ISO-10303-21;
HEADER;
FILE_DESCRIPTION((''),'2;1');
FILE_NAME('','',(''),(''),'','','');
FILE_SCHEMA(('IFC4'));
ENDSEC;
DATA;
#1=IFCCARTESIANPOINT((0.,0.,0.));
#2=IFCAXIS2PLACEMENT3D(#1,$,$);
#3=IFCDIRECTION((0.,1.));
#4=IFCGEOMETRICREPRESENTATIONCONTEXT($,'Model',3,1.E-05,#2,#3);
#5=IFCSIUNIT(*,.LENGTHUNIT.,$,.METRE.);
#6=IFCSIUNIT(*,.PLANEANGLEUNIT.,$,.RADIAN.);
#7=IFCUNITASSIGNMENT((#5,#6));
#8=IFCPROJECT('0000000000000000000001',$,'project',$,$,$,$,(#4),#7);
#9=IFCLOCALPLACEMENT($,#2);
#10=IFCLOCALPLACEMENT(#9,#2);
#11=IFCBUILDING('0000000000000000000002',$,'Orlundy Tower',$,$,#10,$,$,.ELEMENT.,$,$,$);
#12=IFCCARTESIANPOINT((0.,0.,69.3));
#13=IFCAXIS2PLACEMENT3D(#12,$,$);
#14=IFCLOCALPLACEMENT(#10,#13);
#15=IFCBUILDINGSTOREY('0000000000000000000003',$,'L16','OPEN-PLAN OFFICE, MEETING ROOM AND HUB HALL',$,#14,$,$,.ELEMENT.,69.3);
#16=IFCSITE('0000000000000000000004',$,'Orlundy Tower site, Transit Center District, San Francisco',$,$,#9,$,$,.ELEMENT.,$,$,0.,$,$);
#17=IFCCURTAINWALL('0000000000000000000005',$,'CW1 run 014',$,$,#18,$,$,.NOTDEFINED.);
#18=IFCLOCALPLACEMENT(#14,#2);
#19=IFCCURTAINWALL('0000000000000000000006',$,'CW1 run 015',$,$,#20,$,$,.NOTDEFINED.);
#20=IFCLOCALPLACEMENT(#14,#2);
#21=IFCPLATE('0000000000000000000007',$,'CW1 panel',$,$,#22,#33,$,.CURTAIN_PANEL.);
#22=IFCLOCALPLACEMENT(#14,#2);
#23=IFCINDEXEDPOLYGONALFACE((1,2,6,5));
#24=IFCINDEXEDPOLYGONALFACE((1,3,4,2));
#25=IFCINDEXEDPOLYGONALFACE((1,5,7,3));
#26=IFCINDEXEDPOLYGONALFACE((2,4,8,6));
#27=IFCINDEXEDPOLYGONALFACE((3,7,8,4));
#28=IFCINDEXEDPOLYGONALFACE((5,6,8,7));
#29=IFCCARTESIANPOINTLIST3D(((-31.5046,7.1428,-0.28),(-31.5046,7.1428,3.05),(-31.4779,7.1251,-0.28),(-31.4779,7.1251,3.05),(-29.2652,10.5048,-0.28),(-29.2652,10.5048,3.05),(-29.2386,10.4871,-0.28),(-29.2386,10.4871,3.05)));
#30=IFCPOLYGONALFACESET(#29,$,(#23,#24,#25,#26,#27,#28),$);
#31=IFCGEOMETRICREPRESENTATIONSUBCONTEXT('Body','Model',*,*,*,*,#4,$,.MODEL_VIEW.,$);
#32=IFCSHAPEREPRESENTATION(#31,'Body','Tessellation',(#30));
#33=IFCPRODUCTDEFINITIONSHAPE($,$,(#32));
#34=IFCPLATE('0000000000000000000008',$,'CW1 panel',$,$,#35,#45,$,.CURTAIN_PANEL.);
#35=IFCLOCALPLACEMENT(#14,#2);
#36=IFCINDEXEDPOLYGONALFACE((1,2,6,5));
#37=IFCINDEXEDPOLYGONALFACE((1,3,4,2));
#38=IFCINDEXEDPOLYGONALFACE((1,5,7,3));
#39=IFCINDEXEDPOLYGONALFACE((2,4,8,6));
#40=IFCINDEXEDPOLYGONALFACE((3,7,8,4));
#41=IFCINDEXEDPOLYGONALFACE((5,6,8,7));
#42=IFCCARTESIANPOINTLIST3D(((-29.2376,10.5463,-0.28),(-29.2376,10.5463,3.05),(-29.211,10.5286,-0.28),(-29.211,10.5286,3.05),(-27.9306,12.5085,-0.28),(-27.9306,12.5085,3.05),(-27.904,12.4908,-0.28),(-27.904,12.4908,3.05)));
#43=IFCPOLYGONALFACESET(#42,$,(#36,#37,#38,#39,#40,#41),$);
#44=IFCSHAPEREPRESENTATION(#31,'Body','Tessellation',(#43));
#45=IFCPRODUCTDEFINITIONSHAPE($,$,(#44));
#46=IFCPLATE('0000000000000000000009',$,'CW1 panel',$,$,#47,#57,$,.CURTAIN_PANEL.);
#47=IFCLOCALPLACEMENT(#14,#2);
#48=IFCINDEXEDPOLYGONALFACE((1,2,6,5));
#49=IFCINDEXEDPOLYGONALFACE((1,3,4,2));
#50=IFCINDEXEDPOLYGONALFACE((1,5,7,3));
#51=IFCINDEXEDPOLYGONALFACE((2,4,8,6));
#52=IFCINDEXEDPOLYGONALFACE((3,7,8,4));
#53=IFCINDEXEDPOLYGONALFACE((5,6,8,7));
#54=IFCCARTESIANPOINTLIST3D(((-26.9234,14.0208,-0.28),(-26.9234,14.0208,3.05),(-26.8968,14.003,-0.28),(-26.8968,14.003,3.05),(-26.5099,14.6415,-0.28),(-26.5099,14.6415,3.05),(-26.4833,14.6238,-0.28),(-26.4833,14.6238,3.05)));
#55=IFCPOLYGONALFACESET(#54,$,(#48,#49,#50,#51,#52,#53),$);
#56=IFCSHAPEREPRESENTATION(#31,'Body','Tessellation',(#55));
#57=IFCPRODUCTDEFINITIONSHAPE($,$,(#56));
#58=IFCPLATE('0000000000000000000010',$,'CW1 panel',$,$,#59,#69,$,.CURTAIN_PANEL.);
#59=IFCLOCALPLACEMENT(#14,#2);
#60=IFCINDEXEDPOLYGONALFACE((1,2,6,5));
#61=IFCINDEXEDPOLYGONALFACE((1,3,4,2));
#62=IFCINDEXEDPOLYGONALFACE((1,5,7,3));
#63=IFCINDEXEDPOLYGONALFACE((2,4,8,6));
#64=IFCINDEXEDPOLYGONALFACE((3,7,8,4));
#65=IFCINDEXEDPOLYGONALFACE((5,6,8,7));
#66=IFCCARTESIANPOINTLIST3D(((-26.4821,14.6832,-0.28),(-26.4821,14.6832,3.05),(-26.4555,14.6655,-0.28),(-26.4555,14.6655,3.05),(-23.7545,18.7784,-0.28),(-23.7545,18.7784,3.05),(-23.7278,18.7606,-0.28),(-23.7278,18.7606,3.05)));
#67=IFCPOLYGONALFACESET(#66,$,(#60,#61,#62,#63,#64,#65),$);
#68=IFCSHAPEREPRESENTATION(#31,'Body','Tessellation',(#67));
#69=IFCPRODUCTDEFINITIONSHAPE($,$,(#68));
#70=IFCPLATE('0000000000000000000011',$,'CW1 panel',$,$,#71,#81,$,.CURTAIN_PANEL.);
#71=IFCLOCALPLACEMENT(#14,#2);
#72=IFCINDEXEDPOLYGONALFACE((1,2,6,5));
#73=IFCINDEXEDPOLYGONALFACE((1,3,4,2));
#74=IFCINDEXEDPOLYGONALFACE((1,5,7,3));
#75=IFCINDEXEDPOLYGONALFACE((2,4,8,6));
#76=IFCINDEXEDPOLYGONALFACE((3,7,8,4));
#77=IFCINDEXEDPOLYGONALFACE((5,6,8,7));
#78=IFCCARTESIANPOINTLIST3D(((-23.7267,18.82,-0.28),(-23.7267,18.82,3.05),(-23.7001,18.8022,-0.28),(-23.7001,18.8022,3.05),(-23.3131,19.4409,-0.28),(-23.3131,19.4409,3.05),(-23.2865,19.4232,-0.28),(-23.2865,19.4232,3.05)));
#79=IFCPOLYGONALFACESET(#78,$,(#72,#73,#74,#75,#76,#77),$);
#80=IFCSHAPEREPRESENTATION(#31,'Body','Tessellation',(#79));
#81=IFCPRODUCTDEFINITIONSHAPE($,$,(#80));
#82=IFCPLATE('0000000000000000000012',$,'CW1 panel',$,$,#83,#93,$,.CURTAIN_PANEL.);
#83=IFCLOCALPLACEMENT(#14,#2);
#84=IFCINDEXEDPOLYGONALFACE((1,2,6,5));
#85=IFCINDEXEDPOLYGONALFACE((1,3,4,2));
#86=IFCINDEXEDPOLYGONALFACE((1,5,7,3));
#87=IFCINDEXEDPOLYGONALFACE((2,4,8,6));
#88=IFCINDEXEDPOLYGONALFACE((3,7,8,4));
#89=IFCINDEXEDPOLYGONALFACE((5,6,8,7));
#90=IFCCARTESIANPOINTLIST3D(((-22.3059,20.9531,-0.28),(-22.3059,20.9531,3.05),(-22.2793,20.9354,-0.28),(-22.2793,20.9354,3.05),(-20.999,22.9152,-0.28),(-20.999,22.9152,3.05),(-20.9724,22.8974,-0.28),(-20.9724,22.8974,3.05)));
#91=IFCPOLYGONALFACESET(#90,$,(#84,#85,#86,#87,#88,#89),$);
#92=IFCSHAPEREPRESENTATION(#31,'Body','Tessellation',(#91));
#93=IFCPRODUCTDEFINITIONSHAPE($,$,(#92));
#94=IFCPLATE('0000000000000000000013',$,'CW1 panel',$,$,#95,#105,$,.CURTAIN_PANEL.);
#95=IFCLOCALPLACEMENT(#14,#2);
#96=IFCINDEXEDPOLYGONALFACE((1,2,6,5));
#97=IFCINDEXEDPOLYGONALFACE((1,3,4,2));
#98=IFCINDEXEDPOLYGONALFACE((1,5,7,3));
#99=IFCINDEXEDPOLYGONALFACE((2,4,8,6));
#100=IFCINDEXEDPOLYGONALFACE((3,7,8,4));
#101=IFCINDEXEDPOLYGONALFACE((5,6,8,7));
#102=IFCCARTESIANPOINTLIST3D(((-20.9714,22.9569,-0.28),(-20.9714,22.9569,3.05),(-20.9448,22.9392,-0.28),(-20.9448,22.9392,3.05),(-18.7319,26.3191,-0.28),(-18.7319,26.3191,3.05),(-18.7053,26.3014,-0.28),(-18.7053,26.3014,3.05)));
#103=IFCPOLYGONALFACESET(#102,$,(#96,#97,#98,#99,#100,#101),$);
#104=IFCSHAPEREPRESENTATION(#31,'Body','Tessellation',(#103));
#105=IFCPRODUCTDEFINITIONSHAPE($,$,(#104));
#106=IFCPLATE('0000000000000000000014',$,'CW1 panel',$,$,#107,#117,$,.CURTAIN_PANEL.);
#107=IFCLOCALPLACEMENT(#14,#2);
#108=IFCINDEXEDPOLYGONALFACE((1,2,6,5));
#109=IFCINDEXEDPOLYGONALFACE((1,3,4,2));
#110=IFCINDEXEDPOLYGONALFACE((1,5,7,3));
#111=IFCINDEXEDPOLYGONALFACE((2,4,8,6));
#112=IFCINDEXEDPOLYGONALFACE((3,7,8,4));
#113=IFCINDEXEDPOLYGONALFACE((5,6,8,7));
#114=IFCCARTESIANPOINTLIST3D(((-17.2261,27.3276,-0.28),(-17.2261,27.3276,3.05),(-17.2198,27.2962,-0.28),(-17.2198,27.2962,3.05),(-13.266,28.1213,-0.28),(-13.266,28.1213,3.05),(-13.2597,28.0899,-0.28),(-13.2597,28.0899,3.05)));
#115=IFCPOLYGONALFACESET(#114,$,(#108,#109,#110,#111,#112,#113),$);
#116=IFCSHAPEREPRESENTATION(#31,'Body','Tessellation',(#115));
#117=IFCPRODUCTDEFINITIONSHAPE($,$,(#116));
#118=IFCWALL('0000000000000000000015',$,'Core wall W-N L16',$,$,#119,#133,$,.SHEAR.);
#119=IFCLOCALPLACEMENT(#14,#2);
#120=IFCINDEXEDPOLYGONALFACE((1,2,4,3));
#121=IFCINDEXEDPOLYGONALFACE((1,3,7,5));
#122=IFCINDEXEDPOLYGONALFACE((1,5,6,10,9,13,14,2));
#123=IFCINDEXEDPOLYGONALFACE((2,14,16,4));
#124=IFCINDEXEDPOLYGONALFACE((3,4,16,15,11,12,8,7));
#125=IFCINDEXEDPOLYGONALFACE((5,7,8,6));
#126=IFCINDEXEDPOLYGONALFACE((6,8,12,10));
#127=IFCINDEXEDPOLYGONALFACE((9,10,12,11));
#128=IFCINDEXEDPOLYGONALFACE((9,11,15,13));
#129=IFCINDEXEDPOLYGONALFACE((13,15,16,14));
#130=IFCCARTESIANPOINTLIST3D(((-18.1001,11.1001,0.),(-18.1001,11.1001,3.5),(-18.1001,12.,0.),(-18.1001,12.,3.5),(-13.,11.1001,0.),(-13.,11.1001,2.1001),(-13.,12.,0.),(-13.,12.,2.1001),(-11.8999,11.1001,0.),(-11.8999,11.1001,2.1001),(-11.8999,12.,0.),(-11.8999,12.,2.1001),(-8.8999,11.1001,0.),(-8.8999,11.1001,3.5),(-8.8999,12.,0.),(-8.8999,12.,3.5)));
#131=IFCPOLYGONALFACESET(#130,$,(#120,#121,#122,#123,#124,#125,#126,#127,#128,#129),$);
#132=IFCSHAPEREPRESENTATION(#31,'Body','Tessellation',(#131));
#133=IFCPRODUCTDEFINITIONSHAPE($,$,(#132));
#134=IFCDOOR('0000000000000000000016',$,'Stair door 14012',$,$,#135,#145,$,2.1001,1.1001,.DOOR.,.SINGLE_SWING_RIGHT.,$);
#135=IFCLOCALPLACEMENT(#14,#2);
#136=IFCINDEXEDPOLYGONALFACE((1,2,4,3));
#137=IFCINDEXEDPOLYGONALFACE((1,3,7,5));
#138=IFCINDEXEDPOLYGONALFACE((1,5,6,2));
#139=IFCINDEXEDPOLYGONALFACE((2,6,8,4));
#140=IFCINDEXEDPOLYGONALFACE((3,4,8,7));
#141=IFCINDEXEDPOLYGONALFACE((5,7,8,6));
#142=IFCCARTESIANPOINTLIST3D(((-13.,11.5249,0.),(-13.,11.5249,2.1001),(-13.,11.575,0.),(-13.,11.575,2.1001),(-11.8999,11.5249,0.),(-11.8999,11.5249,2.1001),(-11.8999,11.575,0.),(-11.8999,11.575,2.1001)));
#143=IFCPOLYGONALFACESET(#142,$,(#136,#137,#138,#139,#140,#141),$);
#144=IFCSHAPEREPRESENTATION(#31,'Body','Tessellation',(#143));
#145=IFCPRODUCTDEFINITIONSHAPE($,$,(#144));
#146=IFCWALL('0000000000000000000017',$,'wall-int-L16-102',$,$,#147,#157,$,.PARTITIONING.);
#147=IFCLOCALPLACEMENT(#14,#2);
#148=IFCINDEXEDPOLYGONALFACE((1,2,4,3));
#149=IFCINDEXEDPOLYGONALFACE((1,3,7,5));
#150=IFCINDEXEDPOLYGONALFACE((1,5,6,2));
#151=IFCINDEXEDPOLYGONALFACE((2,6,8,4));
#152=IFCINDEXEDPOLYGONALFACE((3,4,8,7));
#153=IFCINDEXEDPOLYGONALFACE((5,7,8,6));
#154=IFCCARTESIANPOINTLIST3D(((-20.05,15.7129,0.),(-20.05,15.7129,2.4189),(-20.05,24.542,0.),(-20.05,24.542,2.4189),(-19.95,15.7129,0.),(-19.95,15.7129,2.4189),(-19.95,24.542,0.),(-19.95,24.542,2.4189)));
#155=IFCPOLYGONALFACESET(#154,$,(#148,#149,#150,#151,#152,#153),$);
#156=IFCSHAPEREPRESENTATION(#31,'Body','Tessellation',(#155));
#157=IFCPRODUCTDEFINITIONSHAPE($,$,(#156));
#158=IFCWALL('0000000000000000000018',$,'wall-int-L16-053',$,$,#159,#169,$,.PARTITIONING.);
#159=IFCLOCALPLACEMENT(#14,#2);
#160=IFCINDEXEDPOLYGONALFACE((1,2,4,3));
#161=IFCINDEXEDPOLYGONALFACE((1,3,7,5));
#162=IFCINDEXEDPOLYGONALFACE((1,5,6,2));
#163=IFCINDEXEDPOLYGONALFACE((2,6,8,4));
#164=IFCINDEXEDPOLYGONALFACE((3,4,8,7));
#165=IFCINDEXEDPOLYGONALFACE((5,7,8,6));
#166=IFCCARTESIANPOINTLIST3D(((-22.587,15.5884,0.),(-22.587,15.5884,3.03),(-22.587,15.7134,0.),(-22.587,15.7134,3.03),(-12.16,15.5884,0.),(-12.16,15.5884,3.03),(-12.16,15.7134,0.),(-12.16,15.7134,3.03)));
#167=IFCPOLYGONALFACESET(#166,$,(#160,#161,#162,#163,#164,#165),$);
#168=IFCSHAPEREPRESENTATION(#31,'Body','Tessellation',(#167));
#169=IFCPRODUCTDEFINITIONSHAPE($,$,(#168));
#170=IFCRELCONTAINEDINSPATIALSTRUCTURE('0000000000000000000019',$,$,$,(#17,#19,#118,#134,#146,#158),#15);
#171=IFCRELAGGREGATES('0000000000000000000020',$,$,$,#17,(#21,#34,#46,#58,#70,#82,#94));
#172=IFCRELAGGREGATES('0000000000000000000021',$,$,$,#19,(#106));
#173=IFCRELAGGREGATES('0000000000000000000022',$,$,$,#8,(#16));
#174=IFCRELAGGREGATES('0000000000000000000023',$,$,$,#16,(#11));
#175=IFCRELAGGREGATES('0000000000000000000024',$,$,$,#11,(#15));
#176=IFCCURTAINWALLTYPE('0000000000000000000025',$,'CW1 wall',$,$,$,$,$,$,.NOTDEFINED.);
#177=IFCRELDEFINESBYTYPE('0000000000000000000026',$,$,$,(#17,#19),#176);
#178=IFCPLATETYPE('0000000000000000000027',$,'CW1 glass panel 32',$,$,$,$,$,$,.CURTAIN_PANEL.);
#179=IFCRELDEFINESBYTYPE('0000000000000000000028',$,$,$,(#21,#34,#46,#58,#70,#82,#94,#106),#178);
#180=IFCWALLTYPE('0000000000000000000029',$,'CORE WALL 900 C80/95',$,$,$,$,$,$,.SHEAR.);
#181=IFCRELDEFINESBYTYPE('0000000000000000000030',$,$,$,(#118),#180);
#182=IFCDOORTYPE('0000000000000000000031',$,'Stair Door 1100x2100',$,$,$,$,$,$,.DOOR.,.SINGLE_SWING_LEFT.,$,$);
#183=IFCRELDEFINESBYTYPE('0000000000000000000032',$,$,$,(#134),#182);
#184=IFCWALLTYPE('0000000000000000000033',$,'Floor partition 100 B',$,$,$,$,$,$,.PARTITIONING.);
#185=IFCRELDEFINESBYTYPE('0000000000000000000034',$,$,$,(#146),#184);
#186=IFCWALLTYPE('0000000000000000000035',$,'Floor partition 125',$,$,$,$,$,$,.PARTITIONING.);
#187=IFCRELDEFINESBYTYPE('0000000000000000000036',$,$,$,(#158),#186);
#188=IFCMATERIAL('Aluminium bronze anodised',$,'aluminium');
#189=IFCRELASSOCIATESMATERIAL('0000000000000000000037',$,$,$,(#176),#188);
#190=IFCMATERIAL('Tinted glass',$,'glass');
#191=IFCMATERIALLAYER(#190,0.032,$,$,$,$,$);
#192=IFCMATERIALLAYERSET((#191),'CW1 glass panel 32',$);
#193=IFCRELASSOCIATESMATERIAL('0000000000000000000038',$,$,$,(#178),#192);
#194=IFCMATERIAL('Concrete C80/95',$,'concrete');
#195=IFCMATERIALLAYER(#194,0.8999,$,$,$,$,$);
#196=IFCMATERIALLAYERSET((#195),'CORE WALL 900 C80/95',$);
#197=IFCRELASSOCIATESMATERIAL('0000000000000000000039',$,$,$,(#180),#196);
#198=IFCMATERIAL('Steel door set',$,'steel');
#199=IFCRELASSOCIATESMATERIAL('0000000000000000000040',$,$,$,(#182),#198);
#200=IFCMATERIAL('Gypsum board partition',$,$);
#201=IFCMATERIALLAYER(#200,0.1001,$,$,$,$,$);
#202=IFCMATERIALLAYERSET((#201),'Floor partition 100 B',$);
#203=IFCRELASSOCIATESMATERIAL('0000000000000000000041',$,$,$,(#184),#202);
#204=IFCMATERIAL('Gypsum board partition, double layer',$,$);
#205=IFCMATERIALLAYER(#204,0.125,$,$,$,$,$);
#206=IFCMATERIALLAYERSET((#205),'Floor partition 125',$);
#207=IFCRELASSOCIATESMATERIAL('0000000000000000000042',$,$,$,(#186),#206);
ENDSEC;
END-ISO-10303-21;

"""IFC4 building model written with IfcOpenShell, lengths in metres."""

from ifc_helpers import new_model, si_unit, direction, frame, frame_2d, origin, origin_2d, place, context, subcontext, project, spatial, rectangle, extrude, material, layer, layer_set, type_object, element, fill, aggregate, save


model = new_model("IFC4")

# Units and contexts
model_context = context("Model", 3, precision=1e-05, world=origin(), true_north=direction((0.0, 1.0)))
body_context = subcontext(model_context, "Body", "Model", "MODEL_VIEW")
ifc_project = project(units=[si_unit("LENGTHUNIT", "METRE"), si_unit("PLANEANGLEUNIT", "RADIAN")], contexts=[model_context])

# Site, building, storey
site_placement = place(None, origin())
site = spatial("IfcSite", under=ifc_project, at=site_placement, Name="Orlundy Tower site, Transit Center District, San Francisco", CompositionType="ELEMENT", RefElevation=0.0)
building_placement = place(site_placement, origin())
building = spatial("IfcBuilding", under=site, at=building_placement, Name="Orlundy Tower", CompositionType="ELEMENT")
storey_placement = place(building_placement, frame((0.0, 0.0, 69.3)))
storey = spatial("IfcBuildingStorey", under=building, at=storey_placement, Name="L16", Description="OPEN-PLAN OFFICE, MEETING ROOM AND HUB HALL", CompositionType="ELEMENT", Elevation=69.3)

# Shared definitions
ifc_material_1 = material(Name="Aluminium bronze anodised", Category="aluminium")
curtain_wall_type = type_object("IfcCurtainWallType", Name="CW1 wall", PredefinedType="NOTDEFINED", material=ifc_material_1)

# Curtain wall
curtain_wall_1_placement = place(storey_placement, origin())
curtain_wall_1 = element("IfcCurtainWall", 1, at=curtain_wall_1_placement, inside=storey, type_object=curtain_wall_type, Name="CW1 run 014", PredefinedType="NOTDEFINED")

# Curtain wall
curtain_wall_2_placement = place(storey_placement, origin())
curtain_wall_2 = element("IfcCurtainWall", 2, at=curtain_wall_2_placement, inside=storey, type_object=curtain_wall_type, Name="CW1 run 015", PredefinedType="NOTDEFINED")

# Plates
ifc_material_2 = material(Name="Tinted glass", Category="glass")
ifc_layer_1 = layer(ifc_material_2, 0.032)
ifc_layer_set_1 = layer_set([ifc_layer_1], Name="CW1 glass panel 32")
plate_type = type_object("IfcPlateType", Name="CW1 glass panel 32", PredefinedType="CURTAIN_PANEL", material=ifc_layer_set_1)
plate_1_placement = place(storey_placement, frame((-30.3716, 8.8149, -0.28), z_axis=(0.0, 0.0, 1.0), x_axis=(0.554357, 0.832279, 0.0)))
plate_1 = element("IfcPlate", 3, at=plate_1_placement, type_object=plate_type, Name="CW1 panel", PredefinedType="CURTAIN_PANEL", context=body_context, shape_type="SweptSolid", body=[
    extrude(rectangle(XDim=4.0396, YDim=0.032, at=origin_2d()), origin(), (0.0, 0.0, 1.0), 3.3301),
])
plate_2_placement = place(storey_placement, frame((-28.5708, 11.5186, -0.28), z_axis=(0.0, 0.0, 1.0), x_axis=(0.554357, 0.832279, 0.0)))
plate_2 = element("IfcPlate", 4, at=plate_2_placement, type_object=plate_type, Name="CW1 panel", PredefinedType="CURTAIN_PANEL", context=body_context, shape_type="SweptSolid", body=[
    extrude(rectangle(XDim=2.3577, YDim=0.032, at=origin_2d()), origin(), (0.0, 0.0, 1.0), 3.3301),
])
plate_3_placement = place(storey_placement, frame((-26.7034, 14.3223, -0.28), z_axis=(0.0, 0.0, 1.0), x_axis=(0.554357, 0.832279, 0.0)))
plate_3 = element("IfcPlate", 5, at=plate_3_placement, type_object=plate_type, Name="CW1 panel", PredefinedType="CURTAIN_PANEL", context=body_context, shape_type="SweptSolid", body=[
    extrude(rectangle(XDim=0.7458, YDim=0.032, at=origin_2d()), origin(), (0.0, 0.0, 1.0), 3.3301),
])
plate_4_placement = place(storey_placement, frame((-25.105, 16.7219, -0.28), z_axis=(0.0, 0.0, 1.0), x_axis=(0.554357, 0.832279, 0.0)))
plate_4 = element("IfcPlate", 6, at=plate_4_placement, type_object=plate_type, Name="CW1 panel", PredefinedType="CURTAIN_PANEL", context=body_context, shape_type="SweptSolid", body=[
    extrude(rectangle(XDim=4.9204, YDim=0.032, at=origin_2d()), origin(), (0.0, 0.0, 1.0), 3.3301),
])
plate_5_placement = place(storey_placement, frame((-23.5066, 19.1216, -0.28), z_axis=(0.0, 0.0, 1.0), x_axis=(0.554357, 0.832279, 0.0)))
plate_5 = element("IfcPlate", 7, at=plate_5_placement, type_object=plate_type, Name="CW1 panel", PredefinedType="CURTAIN_PANEL", context=body_context, shape_type="SweptSolid", body=[
    extrude(rectangle(XDim=0.7461, YDim=0.032, at=origin_2d()), origin(), (0.0, 0.0, 1.0), 3.3301),
])
plate_6_placement = place(storey_placement, frame((-21.6392, 21.9253, -0.28), z_axis=(0.0, 0.0, 1.0), x_axis=(0.554357, 0.832279, 0.0)))
plate_6 = element("IfcPlate", 8, at=plate_6_placement, type_object=plate_type, Name="CW1 panel", PredefinedType="CURTAIN_PANEL", context=body_context, shape_type="SweptSolid", body=[
    extrude(rectangle(XDim=2.3574, YDim=0.032, at=origin_2d()), origin(), (0.0, 0.0, 1.0), 3.3301),
])
plate_7_placement = place(storey_placement, frame((-19.8384, 24.6292, -0.28), z_axis=(0.0, 0.0, 1.0), x_axis=(0.554357, 0.832279, 0.0)))
plate_7 = element("IfcPlate", 9, at=plate_7_placement, type_object=plate_type, Name="CW1 panel", PredefinedType="CURTAIN_PANEL", context=body_context, shape_type="SweptSolid", body=[
    extrude(rectangle(XDim=4.0398, YDim=0.032, at=origin_2d()), origin(), (0.0, 0.0, 1.0), 3.3301),
])
aggregate(curtain_wall_1, [plate_1, plate_2, plate_3, plate_4, plate_5, plate_6, plate_7])
plate_8_placement = place(storey_placement, frame((-15.2429, 27.7087, -0.28), z_axis=(0.0, 0.0, 1.0), x_axis=(0.980502, 0.196511, 0.0)))
plate_8 = element("IfcPlate", 10, at=plate_8_placement, type_object=plate_type, Name="CW1 panel", PredefinedType="CURTAIN_PANEL", context=body_context, shape_type="SweptSolid", body=[
    extrude(rectangle(XDim=4.0388, YDim=0.032, at=origin_2d()), origin(), (0.0, 0.0, 1.0), 3.3301),
])
aggregate(curtain_wall_2, [plate_8])

# Wall, opening, door
ifc_material_3 = material(Name="Concrete C80/95", Category="concrete")
ifc_layer_2 = layer(ifc_material_3, 0.8999)
ifc_layer_set_2 = layer_set([ifc_layer_2], Name="CORE WALL 900 C80/95")
wall_type_1 = type_object("IfcWallType", Name="CORE WALL 900 C80/95", PredefinedType="SHEAR", material=ifc_layer_set_2)
wall_1_placement = place(storey_placement, frame((-18.1001, 11.55, 0.0), z_axis=(0.0, 0.0, 1.0), x_axis=(1.0, 0.0, 0.0)))
wall_1 = element("IfcWall", 11, at=wall_1_placement, inside=storey, type_object=wall_type_1, Name="Core wall W-N L16", PredefinedType="SHEAR", context=body_context, shape_type="SweptSolid", body=[
    extrude(rectangle(XDim=9.2002, YDim=0.8999, at=frame_2d((4.6001, 0.0))), origin(), (0.0, 0.0, 1.0), 3.5),
])
opening_1_placement = place(wall_1_placement, frame((5.1001, 0.0, 0.0)))
opening_1 = element("IfcOpeningElement", 12, at=opening_1_placement, cuts=wall_1, PredefinedType="OPENING", context=body_context, shape_type="SweptSolid", body=[
    extrude(rectangle(XDim=1.1001, YDim=2.1001, at=frame_2d((0.55, 1.05))), frame((0.0, 0.46, 0.0), z_axis=(0.0, -1.0, 0.0), x_axis=(1.0, 0.0, 0.0)), (0.0, 0.0, 1.0), 0.9199),
])
ifc_material_4 = material(Name="Steel door set", Category="steel")
door_type_1 = type_object("IfcDoorType", Name="Stair Door 1100x2100", OperationType="SINGLE_SWING_LEFT", PredefinedType="DOOR", material=ifc_material_4)
door_1_placement = place(opening_1_placement, origin())
door_1 = element("IfcDoor", 13, at=door_1_placement, inside=storey, type_object=door_type_1, Name="Stair door 14012", OperationType="SINGLE_SWING_RIGHT", OverallHeight=2.1001, OverallWidth=1.1001, PredefinedType="DOOR", context=body_context, shape_type="SweptSolid", body=[
    extrude(rectangle(XDim=1.1001, YDim=2.1001, at=frame_2d((0.55, 1.05))), frame((0.0, 0.0249, 0.0), z_axis=(0.0, -1.0, 0.0), x_axis=(1.0, 0.0, 0.0)), (0.0, 0.0, 1.0), 0.05),
])
fill(opening_1, door_1)

# Walls
ifc_material_5 = material(Name="Gypsum board partition")
ifc_layer_3 = layer(ifc_material_5, 0.1001)
ifc_layer_set_3 = layer_set([ifc_layer_3], Name="Floor partition 100 B")
wall_type_2 = type_object("IfcWallType", Name="Floor partition 100 B", PredefinedType="PARTITIONING", material=ifc_layer_set_3)
wall_2_placement = place(storey_placement, frame((-20.0, 15.7129, 0.0), z_axis=(0.0, 0.0, 1.0), x_axis=(0.0, 1.0, 0.0)))
element("IfcWall", 14, at=wall_2_placement, inside=storey, type_object=wall_type_2, Name="wall-int-L16-102", PredefinedType="PARTITIONING", context=body_context, shape_type="SweptSolid", body=[
    extrude(rectangle(XDim=8.8291, YDim=0.1001, at=frame_2d((4.4146, 0.0))), origin(), (0.0, 0.0, 1.0), 2.4189),
])
ifc_material_6 = material(Name="Gypsum board partition, double layer")
ifc_layer_4 = layer(ifc_material_6, 0.125)
ifc_layer_set_4 = layer_set([ifc_layer_4], Name="Floor partition 125")
wall_type_3 = type_object("IfcWallType", Name="Floor partition 125", PredefinedType="PARTITIONING", material=ifc_layer_set_4)
wall_3_placement = place(storey_placement, frame((-22.5869, 15.6509, 0.0), z_axis=(0.0, 0.0, 1.0), x_axis=(1.0, 0.0, 0.0)))
element("IfcWall", 15, at=wall_3_placement, inside=storey, type_object=wall_type_3, Name="wall-int-L16-053", PredefinedType="PARTITIONING", context=body_context, shape_type="SweptSolid", body=[
    extrude(rectangle(XDim=10.427, YDim=0.125, at=frame_2d((5.2134, 0.0))), origin(), (0.0, 0.0, 1.0), 3.03),
])

save(model, "model.ifc")
